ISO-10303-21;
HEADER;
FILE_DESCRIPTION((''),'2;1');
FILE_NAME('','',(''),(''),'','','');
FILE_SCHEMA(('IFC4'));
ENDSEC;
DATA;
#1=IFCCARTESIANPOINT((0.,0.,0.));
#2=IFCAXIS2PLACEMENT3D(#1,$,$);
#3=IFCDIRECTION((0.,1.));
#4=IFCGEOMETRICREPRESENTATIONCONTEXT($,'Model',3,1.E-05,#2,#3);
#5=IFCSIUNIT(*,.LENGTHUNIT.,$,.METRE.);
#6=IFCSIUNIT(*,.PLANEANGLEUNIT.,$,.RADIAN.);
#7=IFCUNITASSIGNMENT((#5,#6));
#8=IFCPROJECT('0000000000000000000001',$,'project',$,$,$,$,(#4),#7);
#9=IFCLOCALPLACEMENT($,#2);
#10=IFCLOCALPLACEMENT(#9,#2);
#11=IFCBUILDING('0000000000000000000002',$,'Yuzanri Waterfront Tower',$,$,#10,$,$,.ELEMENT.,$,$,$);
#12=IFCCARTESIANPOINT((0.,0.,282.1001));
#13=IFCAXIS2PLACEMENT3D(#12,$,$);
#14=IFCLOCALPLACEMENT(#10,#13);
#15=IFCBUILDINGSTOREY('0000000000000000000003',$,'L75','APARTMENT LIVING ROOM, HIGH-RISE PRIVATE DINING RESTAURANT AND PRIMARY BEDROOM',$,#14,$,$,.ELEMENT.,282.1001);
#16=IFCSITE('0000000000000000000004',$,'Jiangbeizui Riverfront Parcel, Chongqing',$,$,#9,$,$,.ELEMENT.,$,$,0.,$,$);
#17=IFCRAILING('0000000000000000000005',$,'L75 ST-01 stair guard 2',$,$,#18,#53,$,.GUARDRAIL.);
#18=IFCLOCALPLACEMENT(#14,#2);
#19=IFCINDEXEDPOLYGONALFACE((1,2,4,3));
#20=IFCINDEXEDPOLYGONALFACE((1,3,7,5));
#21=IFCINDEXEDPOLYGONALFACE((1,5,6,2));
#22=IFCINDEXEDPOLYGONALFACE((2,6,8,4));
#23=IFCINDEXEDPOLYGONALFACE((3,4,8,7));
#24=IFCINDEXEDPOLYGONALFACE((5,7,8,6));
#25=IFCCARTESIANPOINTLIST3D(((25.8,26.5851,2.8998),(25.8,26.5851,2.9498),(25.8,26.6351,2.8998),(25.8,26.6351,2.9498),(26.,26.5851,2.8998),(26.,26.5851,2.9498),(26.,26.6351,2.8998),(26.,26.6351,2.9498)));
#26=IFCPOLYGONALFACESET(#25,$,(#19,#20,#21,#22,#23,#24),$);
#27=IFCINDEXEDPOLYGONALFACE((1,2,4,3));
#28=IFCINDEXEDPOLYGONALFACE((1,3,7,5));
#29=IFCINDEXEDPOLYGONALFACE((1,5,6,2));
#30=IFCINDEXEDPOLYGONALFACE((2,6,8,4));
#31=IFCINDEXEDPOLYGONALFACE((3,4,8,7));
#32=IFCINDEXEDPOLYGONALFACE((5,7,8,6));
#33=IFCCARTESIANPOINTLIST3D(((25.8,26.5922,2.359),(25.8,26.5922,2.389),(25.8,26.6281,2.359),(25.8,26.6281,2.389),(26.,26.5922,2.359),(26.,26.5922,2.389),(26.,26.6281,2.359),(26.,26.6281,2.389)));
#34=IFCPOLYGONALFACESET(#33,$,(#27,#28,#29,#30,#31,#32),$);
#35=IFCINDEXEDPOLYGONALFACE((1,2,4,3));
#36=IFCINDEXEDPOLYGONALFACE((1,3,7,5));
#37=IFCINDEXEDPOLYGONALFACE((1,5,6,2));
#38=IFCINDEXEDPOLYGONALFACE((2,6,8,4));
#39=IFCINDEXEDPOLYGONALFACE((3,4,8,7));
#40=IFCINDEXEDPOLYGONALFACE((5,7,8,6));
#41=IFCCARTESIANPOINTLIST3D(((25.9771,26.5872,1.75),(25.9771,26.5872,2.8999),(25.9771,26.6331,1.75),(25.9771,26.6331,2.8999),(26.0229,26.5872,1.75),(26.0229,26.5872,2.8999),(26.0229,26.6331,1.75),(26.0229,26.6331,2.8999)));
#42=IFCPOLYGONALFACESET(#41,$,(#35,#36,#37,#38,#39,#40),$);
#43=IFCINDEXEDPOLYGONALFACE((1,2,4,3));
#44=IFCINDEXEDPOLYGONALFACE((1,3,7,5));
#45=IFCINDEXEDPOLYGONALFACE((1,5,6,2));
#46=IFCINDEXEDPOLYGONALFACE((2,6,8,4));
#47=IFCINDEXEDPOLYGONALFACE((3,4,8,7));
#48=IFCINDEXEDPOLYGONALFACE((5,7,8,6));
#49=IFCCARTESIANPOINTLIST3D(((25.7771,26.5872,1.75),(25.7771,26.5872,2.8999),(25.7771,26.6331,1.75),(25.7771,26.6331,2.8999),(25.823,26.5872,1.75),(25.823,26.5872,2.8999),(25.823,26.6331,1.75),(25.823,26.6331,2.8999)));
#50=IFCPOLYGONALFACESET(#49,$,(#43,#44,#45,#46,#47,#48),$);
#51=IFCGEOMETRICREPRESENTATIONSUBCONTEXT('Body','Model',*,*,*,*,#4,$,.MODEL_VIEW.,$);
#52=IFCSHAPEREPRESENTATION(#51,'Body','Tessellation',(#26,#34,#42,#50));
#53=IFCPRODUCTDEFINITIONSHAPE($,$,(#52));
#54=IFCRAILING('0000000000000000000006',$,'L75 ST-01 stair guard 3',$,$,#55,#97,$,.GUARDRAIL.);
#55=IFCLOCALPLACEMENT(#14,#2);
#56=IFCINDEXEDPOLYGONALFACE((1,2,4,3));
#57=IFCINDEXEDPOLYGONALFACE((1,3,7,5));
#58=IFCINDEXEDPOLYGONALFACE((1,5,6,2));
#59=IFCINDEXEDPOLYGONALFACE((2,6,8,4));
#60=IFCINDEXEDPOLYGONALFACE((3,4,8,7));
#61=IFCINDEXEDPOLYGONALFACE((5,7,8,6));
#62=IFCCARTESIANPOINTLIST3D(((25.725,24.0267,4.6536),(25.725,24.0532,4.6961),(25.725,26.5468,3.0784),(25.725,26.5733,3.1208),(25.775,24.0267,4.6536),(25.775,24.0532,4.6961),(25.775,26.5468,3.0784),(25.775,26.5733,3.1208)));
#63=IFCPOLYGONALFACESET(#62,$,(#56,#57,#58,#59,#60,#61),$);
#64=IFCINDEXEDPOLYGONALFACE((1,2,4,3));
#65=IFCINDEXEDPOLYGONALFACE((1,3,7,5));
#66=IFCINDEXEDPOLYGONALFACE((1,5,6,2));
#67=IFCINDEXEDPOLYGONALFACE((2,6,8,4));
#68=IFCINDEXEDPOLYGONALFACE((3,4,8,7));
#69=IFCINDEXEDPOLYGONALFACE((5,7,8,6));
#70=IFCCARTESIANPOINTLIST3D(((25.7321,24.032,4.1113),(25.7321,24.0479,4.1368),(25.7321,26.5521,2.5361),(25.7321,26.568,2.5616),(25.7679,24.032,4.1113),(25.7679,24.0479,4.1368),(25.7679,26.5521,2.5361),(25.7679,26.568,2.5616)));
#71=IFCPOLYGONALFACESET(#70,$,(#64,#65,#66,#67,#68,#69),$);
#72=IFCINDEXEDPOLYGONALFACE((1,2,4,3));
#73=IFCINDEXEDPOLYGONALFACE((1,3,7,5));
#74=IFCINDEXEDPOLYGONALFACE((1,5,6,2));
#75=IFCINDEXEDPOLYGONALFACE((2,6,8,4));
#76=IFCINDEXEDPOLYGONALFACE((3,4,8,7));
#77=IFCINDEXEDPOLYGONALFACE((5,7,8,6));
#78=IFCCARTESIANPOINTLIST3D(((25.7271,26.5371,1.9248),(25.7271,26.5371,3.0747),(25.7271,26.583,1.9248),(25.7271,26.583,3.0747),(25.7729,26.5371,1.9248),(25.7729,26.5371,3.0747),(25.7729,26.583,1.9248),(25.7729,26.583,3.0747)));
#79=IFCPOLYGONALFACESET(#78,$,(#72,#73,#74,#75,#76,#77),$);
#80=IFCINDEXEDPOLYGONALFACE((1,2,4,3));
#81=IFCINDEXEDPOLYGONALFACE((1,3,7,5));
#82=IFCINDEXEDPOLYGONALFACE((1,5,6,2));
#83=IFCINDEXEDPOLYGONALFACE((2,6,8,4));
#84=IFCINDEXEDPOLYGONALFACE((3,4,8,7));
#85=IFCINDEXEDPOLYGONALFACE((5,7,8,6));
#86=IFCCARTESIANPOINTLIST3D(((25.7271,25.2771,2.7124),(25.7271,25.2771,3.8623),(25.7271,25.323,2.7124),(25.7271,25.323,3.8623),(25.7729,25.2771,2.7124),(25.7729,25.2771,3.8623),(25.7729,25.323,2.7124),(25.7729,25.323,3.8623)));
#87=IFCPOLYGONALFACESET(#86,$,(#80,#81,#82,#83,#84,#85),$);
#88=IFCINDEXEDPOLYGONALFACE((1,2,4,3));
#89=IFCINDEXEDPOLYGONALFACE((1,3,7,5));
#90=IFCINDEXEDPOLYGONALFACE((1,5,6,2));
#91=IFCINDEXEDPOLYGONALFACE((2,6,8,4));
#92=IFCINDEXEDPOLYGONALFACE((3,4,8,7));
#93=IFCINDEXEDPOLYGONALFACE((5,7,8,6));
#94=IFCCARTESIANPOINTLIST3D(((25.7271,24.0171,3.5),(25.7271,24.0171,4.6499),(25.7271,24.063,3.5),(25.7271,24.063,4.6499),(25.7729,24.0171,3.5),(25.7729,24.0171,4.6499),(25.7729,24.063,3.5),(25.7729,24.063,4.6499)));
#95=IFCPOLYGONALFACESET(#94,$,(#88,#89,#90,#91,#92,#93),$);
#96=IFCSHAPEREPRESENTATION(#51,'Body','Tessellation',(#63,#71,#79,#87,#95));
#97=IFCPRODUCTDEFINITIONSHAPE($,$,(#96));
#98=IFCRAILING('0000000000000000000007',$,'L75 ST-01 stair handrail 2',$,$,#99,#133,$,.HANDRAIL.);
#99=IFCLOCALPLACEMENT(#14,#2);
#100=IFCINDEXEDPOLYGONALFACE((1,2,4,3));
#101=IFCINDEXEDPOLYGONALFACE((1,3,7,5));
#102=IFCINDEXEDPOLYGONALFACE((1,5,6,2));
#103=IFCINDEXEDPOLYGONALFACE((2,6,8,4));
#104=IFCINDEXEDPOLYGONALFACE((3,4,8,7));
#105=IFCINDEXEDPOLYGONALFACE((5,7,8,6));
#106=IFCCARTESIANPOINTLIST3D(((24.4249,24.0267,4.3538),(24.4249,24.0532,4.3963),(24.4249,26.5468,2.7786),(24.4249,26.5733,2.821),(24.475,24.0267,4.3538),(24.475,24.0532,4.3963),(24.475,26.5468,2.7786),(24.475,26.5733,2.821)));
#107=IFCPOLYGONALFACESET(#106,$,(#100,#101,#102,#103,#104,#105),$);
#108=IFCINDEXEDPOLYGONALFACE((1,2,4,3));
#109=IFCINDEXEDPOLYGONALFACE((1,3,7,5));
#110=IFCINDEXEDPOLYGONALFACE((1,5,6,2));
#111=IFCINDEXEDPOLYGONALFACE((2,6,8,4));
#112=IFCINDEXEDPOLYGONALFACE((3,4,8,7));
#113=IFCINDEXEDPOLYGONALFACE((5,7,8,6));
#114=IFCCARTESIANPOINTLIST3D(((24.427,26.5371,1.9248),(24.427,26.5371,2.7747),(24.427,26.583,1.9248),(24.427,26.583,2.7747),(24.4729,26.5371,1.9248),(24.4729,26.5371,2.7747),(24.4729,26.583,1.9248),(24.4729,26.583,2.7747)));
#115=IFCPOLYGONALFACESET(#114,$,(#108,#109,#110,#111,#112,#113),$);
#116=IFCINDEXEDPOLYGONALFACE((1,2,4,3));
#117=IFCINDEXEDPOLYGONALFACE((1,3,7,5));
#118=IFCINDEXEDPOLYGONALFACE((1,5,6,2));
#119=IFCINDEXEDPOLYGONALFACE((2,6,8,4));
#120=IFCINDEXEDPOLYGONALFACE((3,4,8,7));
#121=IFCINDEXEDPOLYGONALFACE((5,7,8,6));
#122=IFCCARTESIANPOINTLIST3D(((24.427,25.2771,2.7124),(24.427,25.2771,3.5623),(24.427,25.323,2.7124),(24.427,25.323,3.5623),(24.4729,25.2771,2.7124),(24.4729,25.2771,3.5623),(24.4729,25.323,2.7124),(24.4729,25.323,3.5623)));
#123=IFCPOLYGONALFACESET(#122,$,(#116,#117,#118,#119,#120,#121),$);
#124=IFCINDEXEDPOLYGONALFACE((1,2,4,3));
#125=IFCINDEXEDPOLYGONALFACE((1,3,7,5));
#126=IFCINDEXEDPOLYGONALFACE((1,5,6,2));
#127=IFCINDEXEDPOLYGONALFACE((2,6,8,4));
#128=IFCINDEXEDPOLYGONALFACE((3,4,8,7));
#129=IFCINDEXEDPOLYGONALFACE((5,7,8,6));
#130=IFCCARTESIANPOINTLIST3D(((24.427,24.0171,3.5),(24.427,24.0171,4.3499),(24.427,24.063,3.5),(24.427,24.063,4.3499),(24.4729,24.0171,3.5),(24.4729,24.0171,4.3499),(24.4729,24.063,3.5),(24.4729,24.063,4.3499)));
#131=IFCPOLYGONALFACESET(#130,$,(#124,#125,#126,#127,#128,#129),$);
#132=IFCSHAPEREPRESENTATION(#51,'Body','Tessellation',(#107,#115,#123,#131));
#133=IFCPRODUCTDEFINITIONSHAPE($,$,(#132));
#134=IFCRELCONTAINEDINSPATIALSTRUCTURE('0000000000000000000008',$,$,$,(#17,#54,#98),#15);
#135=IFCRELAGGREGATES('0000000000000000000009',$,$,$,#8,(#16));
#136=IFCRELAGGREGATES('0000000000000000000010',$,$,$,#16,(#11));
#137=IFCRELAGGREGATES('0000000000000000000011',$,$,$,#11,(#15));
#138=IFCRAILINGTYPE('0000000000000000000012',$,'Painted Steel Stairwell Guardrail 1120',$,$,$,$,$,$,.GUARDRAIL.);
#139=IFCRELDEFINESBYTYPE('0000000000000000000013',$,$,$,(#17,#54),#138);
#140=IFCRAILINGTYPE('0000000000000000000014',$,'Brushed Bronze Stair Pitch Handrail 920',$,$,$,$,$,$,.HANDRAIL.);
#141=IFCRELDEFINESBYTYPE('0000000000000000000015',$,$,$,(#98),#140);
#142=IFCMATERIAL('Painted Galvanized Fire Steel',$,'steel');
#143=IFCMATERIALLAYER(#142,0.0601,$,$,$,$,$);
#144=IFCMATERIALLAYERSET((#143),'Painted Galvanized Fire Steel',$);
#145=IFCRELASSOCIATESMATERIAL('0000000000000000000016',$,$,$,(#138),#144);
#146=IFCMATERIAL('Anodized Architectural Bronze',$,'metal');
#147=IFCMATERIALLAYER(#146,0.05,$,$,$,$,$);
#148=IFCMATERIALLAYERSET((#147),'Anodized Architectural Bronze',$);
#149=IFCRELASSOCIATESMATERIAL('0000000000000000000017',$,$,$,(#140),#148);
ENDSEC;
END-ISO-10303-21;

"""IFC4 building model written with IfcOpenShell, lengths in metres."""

from ifc_helpers import new_model, si_unit, direction, frame, origin, origin_2d, place, context, subcontext, project, spatial, rectangle, extrude, source, transform, mapped, material, layer, layer_set, type_object, element, save


model = new_model("IFC4")

# Units and contexts
model_context = context("Model", 3, precision=1e-05, world=origin(), true_north=direction((0.0, 1.0)))
body_context = subcontext(model_context, "Body", "Model", "MODEL_VIEW")
ifc_project = project(units=[si_unit("LENGTHUNIT", "METRE"), si_unit("PLANEANGLEUNIT", "RADIAN")], contexts=[model_context])

# Site, building, storey
site_placement = place(None, origin())
site = spatial("IfcSite", under=ifc_project, at=site_placement, Name="Jiangbeizui Riverfront Parcel, Chongqing", CompositionType="ELEMENT", RefElevation=0.0)
building_placement = place(site_placement, origin())
building = spatial("IfcBuilding", under=site, at=building_placement, Name="Yuzanri Waterfront Tower", CompositionType="ELEMENT")
storey_placement = place(building_placement, frame((0.0, 0.0, 282.1001)))
storey = spatial("IfcBuildingStorey", under=building, at=storey_placement, Name="L75", Description="APARTMENT LIVING ROOM, HIGH-RISE PRIVATE DINING RESTAURANT AND PRIMARY BEDROOM", CompositionType="ELEMENT", Elevation=282.1001)

# Railings
ifc_material_1 = material(Name="Painted Galvanized Fire Steel", Category="steel")
ifc_layer_1 = layer(ifc_material_1, 0.0601)
ifc_layer_set_1 = layer_set([ifc_layer_1], Name="Painted Galvanized Fire Steel")
railing_type_1 = type_object("IfcRailingType", Name="Painted Steel Stairwell Guardrail 1120", PredefinedType="GUARDRAIL", material=ifc_layer_set_1)
shared_shape_1 = source(origin(), body_context, "Body", "SweptSolid", [
    extrude(rectangle(XDim=0.05, YDim=0.05, at=origin_2d()), frame((0.0, 0.0, 1.1748), z_axis=(-1.0, 0.0, 0.0), x_axis=(0.0, -1.0, 0.0)), (0.0, 0.0, 1.0), 0.2),
    extrude(rectangle(XDim=0.0359, YDim=0.03, at=origin_2d()), frame((0.0, 0.0, 0.624), z_axis=(-1.0, 0.0, 0.0), x_axis=(0.0, -1.0, 0.0)), (0.0, 0.0, 1.0), 0.2),
    extrude(rectangle(XDim=0.0459, YDim=0.0459, at=origin_2d()), origin(), (0.0, 0.0, 1.0), 1.1499),
    extrude(rectangle(XDim=0.0459, YDim=0.0459, at=origin_2d()), frame((-0.2, 0.0, 0.0)), (0.0, 0.0, 1.0), 1.1499),
])
railing_1_placement = place(storey_placement, frame((26.0, 26.6101, 1.75)))
element("IfcRailing", 1, at=railing_1_placement, inside=storey, type_object=railing_type_1, Name="L75 ST-01 stair guard 2", PredefinedType="GUARDRAIL", context=body_context, shape_type="MappedRepresentation", body=[
    mapped(shared_shape_1, transform((0.0, 0.0, 0.0), scale=1.0)),
])
shared_shape_2 = source(origin(), body_context, "Body", "SweptSolid", [
    extrude(rectangle(XDim=0.05, YDim=0.05, at=origin_2d()), frame((0.0, 0.0, 1.1748), z_axis=(0.0, -0.847971, 0.530043), x_axis=(1.0, 0.0, 0.0)), (0.0, 0.0, 1.0), 2.9719),
    extrude(rectangle(XDim=0.0359, YDim=0.03, at=origin_2d()), frame((0.0, 0.0, 0.624), z_axis=(0.0, -0.847971, 0.530043), x_axis=(1.0, 0.0, 0.0)), (0.0, 0.0, 1.0), 2.9719),
    extrude(rectangle(XDim=0.0459, YDim=0.0459, at=origin_2d()), origin(), (0.0, 0.0, 1.0), 1.1499),
    extrude(rectangle(XDim=0.0459, YDim=0.0459, at=origin_2d()), frame((0.0, -1.26, 0.7876)), (0.0, 0.0, 1.0), 1.1499),
    extrude(rectangle(XDim=0.0459, YDim=0.0459, at=origin_2d()), frame((0.0, -2.52, 1.5752)), (0.0, 0.0, 1.0), 1.1499),
])
railing_2_placement = place(storey_placement, frame((25.75, 26.5601, 1.9248)))
element("IfcRailing", 2, at=railing_2_placement, inside=storey, type_object=railing_type_1, Name="L75 ST-01 stair guard 3", PredefinedType="GUARDRAIL", context=body_context, shape_type="MappedRepresentation", body=[
    mapped(shared_shape_2, transform((0.0, 0.0, 0.0), scale=1.0)),
])
ifc_material_2 = material(Name="Anodized Architectural Bronze", Category="metal")
ifc_layer_2 = layer(ifc_material_2, 0.05)
ifc_layer_set_2 = layer_set([ifc_layer_2], Name="Anodized Architectural Bronze")
railing_type_2 = type_object("IfcRailingType", Name="Brushed Bronze Stair Pitch Handrail 920", PredefinedType="HANDRAIL", material=ifc_layer_set_2)
shared_shape_3 = source(origin(), body_context, "Body", "SweptSolid", [
    extrude(rectangle(XDim=0.05, YDim=0.05, at=origin_2d()), frame((0.0, 0.0, 0.875), z_axis=(0.0, -0.847971, 0.530043), x_axis=(1.0, 0.0, 0.0)), (0.0, 0.0, 1.0), 2.9719),
    extrude(rectangle(XDim=0.0459, YDim=0.0459, at=origin_2d()), origin(), (0.0, 0.0, 1.0), 0.8499),
    extrude(rectangle(XDim=0.0459, YDim=0.0459, at=origin_2d()), frame((0.0, -1.26, 0.7876)), (0.0, 0.0, 1.0), 0.8499),
    extrude(rectangle(XDim=0.0459, YDim=0.0459, at=origin_2d()), frame((0.0, -2.52, 1.5752)), (0.0, 0.0, 1.0), 0.8499),
])
railing_3_placement = place(storey_placement, frame((24.45, 26.5601, 1.9248)))
element("IfcRailing", 3, at=railing_3_placement, inside=storey, type_object=railing_type_2, Name="L75 ST-01 stair handrail 2", PredefinedType="HANDRAIL", context=body_context, shape_type="MappedRepresentation", body=[
    mapped(shared_shape_3, transform((0.0, 0.0, 0.0), scale=1.0)),
])

save(model, "model.ifc")
